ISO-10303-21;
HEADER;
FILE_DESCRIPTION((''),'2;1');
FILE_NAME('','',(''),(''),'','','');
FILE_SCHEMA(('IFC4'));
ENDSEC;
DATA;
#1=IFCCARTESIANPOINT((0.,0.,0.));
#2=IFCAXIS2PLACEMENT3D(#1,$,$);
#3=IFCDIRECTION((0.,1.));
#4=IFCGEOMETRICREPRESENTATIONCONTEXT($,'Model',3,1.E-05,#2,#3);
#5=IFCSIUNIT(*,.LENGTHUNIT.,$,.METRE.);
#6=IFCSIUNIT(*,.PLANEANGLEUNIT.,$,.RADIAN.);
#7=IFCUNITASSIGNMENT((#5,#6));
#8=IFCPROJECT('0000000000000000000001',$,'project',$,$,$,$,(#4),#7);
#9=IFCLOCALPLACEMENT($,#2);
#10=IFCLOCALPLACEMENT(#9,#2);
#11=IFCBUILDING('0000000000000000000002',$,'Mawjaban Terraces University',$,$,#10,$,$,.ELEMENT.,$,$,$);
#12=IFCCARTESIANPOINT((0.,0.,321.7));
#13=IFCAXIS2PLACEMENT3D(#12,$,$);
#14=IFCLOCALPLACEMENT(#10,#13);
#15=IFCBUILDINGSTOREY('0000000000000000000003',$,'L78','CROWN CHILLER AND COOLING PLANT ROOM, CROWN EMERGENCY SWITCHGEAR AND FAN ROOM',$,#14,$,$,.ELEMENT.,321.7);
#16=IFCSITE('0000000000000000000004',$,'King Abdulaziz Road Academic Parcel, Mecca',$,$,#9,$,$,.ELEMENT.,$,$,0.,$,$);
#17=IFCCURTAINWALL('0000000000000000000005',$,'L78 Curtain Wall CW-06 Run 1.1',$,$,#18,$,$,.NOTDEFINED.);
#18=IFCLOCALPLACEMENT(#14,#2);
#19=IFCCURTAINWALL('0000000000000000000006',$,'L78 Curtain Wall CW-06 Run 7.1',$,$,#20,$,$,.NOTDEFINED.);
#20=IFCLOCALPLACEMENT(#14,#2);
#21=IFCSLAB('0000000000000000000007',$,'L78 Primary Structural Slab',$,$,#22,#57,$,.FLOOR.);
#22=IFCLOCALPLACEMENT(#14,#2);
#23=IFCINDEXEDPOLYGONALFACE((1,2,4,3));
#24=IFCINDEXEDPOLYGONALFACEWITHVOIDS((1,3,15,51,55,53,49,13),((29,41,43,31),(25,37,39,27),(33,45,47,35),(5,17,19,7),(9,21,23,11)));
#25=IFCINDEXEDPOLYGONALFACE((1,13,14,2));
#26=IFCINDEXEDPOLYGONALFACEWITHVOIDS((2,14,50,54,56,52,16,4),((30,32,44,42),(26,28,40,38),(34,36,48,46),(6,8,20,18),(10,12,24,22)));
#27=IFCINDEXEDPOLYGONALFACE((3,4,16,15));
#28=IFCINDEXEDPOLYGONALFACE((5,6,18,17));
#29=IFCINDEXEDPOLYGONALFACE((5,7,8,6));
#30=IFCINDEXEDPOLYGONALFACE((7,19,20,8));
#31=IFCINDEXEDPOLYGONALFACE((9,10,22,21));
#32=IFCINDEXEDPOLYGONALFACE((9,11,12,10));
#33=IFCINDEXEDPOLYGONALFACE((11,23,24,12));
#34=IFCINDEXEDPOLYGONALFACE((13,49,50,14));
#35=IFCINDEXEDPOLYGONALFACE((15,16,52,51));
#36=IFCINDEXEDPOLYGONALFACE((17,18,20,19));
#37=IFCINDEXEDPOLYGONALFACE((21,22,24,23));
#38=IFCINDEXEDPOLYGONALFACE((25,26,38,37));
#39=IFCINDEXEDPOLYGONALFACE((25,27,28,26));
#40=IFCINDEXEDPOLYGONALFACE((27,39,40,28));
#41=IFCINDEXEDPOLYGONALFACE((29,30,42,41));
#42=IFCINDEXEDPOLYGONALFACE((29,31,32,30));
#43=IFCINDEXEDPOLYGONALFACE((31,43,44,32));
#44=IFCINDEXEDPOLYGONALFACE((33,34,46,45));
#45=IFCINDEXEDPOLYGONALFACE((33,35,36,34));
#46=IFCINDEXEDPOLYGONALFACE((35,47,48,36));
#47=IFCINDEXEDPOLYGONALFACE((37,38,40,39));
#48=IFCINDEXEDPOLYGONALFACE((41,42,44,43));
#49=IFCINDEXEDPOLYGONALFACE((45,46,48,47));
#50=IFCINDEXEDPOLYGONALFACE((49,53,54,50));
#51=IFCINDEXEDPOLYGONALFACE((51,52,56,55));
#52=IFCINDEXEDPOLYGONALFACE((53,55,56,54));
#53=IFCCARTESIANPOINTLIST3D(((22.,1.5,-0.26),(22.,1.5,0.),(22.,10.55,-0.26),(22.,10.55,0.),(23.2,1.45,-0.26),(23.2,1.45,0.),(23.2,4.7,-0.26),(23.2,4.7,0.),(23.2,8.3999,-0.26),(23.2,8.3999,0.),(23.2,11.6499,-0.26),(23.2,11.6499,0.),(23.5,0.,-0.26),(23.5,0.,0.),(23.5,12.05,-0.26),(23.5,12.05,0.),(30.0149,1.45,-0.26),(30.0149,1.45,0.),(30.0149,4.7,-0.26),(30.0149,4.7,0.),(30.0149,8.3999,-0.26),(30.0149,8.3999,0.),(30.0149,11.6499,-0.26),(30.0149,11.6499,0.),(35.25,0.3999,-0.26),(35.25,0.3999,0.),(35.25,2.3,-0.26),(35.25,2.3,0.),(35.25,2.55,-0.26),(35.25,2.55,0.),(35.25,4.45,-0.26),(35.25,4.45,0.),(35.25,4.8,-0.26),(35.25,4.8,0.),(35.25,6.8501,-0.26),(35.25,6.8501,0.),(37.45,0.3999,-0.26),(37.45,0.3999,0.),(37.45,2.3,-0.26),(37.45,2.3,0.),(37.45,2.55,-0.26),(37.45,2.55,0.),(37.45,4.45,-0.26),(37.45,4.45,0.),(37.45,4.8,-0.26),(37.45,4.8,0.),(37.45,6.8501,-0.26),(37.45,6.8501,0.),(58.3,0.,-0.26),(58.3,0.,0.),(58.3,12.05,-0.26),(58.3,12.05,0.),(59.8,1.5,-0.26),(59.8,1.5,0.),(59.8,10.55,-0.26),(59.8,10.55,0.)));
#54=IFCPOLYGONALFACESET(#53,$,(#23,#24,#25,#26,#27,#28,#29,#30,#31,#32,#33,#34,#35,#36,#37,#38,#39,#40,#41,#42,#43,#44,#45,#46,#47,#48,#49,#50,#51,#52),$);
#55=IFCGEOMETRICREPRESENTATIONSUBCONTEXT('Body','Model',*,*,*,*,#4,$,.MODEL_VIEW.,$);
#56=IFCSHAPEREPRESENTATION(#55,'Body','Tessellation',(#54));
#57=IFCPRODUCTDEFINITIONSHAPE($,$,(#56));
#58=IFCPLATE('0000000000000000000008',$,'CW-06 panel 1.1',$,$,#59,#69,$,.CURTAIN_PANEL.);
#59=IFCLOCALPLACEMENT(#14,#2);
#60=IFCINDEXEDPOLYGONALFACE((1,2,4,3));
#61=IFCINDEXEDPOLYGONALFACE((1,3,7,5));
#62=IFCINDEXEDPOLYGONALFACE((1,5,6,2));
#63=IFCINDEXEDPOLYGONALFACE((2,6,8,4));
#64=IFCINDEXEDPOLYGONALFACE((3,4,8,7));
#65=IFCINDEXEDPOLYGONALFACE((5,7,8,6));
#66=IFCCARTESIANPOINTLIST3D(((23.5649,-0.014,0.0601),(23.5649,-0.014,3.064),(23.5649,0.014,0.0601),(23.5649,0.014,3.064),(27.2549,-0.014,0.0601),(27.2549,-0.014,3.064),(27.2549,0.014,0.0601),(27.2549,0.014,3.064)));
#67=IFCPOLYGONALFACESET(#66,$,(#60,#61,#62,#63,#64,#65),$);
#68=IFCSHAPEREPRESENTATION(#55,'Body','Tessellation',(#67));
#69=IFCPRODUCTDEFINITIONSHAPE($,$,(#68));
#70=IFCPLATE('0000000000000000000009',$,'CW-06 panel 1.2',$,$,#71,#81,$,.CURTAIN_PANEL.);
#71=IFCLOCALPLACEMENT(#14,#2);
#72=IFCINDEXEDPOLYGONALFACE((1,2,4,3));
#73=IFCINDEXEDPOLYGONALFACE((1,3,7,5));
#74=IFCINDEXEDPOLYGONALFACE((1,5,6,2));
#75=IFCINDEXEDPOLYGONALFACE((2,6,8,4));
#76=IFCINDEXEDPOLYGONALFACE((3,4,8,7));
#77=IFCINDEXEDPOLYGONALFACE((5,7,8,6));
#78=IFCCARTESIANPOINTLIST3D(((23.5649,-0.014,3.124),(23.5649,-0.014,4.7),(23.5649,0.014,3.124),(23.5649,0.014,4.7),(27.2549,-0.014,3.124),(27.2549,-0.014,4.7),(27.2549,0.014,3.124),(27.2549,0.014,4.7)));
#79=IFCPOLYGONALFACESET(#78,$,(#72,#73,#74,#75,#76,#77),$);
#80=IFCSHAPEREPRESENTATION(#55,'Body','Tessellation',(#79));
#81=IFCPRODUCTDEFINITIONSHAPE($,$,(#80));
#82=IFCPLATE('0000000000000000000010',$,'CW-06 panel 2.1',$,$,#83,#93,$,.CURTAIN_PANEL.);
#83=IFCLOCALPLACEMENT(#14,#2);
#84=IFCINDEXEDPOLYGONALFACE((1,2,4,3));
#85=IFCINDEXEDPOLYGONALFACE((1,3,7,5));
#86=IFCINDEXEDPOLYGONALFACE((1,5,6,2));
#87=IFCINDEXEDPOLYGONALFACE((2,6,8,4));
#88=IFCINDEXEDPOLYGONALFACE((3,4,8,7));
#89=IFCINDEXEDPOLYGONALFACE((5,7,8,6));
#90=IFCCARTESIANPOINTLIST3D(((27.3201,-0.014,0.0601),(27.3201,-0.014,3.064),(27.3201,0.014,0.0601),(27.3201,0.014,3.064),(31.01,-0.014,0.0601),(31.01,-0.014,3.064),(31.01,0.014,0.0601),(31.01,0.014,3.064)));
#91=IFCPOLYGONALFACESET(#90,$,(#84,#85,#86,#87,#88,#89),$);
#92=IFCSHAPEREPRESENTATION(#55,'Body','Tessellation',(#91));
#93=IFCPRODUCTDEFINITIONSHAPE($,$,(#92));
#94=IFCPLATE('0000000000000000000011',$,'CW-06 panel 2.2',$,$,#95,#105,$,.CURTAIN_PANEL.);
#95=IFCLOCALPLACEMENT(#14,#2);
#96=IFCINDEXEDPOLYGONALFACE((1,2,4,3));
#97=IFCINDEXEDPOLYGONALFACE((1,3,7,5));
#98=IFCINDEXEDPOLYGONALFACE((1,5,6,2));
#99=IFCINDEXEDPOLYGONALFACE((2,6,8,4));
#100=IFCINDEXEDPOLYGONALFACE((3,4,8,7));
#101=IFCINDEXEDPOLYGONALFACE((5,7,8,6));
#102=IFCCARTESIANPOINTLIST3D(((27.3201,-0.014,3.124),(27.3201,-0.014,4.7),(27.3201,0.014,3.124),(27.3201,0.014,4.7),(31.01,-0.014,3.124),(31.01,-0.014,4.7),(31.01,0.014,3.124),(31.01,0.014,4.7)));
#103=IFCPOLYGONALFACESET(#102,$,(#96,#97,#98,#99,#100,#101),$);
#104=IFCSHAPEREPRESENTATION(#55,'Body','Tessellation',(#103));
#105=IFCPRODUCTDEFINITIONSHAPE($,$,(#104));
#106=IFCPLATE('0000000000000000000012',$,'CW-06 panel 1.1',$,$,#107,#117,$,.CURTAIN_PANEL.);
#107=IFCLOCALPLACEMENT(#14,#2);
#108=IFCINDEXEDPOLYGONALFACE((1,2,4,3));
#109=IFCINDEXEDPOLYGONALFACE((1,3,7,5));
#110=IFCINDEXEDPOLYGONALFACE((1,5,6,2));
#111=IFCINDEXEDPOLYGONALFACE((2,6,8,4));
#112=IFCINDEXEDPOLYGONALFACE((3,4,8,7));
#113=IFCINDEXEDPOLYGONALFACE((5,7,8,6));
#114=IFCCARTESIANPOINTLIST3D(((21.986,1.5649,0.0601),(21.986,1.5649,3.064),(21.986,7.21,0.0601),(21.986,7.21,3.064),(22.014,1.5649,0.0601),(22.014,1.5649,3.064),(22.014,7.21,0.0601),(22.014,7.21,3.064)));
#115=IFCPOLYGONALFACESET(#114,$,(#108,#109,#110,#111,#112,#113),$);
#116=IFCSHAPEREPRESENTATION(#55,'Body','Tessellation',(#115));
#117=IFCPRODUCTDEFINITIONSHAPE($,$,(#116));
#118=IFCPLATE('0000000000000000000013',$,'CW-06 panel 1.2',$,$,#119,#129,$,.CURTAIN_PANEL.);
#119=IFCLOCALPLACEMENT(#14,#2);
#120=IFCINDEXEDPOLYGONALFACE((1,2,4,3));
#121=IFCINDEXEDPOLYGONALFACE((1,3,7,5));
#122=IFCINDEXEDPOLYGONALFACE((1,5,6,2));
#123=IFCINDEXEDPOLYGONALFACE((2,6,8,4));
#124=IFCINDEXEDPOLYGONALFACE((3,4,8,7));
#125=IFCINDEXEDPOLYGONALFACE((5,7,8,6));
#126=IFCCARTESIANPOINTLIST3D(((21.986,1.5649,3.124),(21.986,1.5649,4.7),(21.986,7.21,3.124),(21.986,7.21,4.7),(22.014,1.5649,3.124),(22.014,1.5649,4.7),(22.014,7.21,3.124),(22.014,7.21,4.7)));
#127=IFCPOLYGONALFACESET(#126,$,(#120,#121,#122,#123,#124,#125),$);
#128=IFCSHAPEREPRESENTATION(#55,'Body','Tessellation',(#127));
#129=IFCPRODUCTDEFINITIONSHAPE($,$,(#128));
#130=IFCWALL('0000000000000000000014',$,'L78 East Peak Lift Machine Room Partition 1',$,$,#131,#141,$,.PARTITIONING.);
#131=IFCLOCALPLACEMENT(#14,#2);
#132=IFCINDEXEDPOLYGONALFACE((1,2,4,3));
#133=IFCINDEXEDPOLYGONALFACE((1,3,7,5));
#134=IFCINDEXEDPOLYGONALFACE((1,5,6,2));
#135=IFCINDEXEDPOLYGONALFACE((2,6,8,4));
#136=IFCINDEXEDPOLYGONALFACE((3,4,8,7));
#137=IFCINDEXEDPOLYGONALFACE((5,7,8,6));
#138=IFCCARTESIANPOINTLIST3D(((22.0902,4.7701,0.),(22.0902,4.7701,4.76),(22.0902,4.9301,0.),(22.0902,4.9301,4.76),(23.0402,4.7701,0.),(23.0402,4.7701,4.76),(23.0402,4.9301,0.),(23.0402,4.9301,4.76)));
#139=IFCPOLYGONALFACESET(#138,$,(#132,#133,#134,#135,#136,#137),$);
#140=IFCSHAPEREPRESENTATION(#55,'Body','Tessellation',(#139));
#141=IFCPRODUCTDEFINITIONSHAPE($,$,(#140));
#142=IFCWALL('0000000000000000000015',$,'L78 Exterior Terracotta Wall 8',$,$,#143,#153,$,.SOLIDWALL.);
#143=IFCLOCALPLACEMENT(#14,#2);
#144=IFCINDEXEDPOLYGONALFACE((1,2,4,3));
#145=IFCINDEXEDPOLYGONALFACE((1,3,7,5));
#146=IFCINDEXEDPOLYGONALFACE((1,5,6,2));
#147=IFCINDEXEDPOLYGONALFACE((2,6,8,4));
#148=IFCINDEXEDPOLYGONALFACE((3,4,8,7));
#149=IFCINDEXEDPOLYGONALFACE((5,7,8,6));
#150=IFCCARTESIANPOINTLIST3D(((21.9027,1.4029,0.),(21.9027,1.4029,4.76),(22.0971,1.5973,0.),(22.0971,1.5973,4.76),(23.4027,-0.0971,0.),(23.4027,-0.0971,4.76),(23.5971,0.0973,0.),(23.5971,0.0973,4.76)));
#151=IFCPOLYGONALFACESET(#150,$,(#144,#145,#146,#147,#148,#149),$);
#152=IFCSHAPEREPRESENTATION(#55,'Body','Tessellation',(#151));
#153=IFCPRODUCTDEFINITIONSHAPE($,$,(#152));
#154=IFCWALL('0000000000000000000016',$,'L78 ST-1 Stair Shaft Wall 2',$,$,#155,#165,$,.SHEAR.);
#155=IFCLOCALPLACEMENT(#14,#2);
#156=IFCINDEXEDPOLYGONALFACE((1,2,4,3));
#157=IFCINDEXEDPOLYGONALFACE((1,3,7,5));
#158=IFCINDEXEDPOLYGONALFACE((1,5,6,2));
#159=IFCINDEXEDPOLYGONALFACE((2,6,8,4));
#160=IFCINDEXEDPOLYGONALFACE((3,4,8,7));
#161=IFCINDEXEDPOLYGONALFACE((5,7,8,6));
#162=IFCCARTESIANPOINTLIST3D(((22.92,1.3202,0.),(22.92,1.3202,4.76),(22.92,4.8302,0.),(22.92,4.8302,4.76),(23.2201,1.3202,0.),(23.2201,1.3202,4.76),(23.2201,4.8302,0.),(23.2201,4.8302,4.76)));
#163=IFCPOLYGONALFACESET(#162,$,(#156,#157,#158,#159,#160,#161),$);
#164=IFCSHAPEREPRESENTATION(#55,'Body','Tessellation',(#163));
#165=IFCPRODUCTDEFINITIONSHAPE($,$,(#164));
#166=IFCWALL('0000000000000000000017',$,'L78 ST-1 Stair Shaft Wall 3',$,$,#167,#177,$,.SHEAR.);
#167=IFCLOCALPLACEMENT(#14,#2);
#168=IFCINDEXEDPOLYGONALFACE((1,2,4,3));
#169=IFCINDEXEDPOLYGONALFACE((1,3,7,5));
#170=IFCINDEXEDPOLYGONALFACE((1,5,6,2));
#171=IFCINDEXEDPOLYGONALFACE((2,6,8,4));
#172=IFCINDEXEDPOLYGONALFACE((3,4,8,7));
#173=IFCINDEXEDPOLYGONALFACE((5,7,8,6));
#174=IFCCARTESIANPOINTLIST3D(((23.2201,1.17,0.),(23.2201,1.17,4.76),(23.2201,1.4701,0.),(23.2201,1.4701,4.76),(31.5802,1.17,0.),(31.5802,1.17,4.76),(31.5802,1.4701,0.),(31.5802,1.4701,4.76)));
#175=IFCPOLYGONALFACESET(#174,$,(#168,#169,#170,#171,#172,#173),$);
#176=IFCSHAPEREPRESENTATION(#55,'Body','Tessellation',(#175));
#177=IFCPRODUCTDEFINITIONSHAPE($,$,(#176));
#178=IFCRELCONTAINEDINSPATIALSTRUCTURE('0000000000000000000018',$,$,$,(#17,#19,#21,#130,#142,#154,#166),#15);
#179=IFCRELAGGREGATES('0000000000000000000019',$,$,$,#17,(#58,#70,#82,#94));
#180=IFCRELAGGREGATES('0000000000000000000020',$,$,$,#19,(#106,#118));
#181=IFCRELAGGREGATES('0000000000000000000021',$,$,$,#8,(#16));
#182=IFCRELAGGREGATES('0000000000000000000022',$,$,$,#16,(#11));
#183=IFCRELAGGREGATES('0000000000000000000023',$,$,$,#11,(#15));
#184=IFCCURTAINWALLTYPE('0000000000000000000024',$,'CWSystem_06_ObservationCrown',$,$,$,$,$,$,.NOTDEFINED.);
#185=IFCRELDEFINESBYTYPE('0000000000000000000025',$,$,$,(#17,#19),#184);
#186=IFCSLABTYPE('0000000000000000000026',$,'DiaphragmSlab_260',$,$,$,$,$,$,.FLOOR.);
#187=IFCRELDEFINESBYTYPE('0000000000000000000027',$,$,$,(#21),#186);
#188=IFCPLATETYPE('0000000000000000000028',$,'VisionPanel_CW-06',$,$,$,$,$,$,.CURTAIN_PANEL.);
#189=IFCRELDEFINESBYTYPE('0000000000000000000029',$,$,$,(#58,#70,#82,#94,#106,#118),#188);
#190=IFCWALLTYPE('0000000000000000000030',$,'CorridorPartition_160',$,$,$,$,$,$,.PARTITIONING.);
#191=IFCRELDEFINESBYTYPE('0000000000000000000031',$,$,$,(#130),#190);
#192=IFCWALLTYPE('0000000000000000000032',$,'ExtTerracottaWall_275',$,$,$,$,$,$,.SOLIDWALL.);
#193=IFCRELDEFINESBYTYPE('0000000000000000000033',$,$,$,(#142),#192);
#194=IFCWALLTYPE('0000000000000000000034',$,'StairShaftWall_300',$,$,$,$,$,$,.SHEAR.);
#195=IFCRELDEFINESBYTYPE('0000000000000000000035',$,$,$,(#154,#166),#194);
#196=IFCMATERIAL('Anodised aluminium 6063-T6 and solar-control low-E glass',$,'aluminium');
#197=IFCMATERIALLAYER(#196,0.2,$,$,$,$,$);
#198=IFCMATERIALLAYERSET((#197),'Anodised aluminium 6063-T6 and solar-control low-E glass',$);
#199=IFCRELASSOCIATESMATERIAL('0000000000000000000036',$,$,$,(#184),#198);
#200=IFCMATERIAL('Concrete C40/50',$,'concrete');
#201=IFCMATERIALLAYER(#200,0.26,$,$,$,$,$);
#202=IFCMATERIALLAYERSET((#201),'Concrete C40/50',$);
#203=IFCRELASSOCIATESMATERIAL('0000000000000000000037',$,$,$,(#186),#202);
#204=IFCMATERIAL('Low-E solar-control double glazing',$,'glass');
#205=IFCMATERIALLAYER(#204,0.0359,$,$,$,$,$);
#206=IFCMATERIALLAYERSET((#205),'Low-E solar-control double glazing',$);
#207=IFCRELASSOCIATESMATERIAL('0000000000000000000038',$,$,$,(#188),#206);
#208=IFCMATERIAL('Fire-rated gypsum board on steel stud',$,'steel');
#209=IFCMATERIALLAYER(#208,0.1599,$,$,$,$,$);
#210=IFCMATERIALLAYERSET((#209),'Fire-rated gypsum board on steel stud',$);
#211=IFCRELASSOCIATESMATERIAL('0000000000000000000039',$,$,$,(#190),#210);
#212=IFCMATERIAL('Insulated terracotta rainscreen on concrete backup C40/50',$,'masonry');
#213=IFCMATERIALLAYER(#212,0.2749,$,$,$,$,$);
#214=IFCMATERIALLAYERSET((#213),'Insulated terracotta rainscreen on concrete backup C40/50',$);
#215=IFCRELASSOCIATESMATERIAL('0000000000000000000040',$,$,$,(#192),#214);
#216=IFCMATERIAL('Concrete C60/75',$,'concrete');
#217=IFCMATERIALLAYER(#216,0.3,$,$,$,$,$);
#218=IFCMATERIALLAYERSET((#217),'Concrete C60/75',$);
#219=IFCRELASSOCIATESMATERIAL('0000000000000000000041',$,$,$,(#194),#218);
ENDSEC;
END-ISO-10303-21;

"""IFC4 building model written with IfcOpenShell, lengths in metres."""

from ifc_helpers import new_model, si_unit, direction, frame, frame_2d, origin, origin_2d, place, context, subcontext, project, spatial, polyline, rectangle, outline, extrude, material, layer, layer_set, type_object, element, aggregate, save


model = new_model("IFC4")

# Units and contexts
model_context = context("Model", 3, precision=1e-05, world=origin(), true_north=direction((0.0, 1.0)))
body_context = subcontext(model_context, "Body", "Model", "MODEL_VIEW")
ifc_project = project(units=[si_unit("LENGTHUNIT", "METRE"), si_unit("PLANEANGLEUNIT", "RADIAN")], contexts=[model_context])

# Site, building, storey
site_placement = place(None, origin())
site = spatial("IfcSite", under=ifc_project, at=site_placement, Name="King Abdulaziz Road Academic Parcel, Mecca", CompositionType="ELEMENT", RefElevation=0.0)
building_placement = place(site_placement, origin())
building = spatial("IfcBuilding", under=site, at=building_placement, Name="Mawjaban Terraces University", CompositionType="ELEMENT")
storey_placement = place(building_placement, frame((0.0, 0.0, 321.7)))
storey = spatial("IfcBuildingStorey", under=building, at=storey_placement, Name="L78", Description="CROWN CHILLER AND COOLING PLANT ROOM, CROWN EMERGENCY SWITCHGEAR AND FAN ROOM", CompositionType="ELEMENT", Elevation=321.7)

# Curtain wall
ifc_material_1 = material(Name="Anodised aluminium 6063-T6 and solar-control low-E glass", Category="aluminium")
ifc_layer_1 = layer(ifc_material_1, 0.2)
ifc_layer_set_1 = layer_set([ifc_layer_1], Name="Anodised aluminium 6063-T6 and solar-control low-E glass")
curtain_wall_type = type_object("IfcCurtainWallType", Name="CWSystem_06_ObservationCrown", PredefinedType="NOTDEFINED", material=ifc_layer_set_1)
curtain_wall_1_placement = place(storey_placement, origin())
curtain_wall_1 = element("IfcCurtainWall", 1, at=curtain_wall_1_placement, inside=storey, type_object=curtain_wall_type, Name="L78 Curtain Wall CW-06 Run 1.1", PredefinedType="NOTDEFINED")

# Curtain wall
curtain_wall_2_placement = place(storey_placement, origin())
curtain_wall_2 = element("IfcCurtainWall", 2, at=curtain_wall_2_placement, inside=storey, type_object=curtain_wall_type, Name="L78 Curtain Wall CW-06 Run 7.1", PredefinedType="NOTDEFINED")

# Slab
ifc_material_2 = material(Name="Concrete C40/50", Category="concrete")
ifc_layer_2 = layer(ifc_material_2, 0.26)
ifc_layer_set_2 = layer_set([ifc_layer_2], Name="Concrete C40/50")
slab_type = type_object("IfcSlabType", Name="DiaphragmSlab_260", PredefinedType="FLOOR", material=ifc_layer_set_2)
slab_placement = place(storey_placement, frame((0.0, 0.0, -0.26)))
element("IfcSlab", 3, at=slab_placement, inside=storey, type_object=slab_type, Name="L78 Primary Structural Slab", PredefinedType="FLOOR", context=body_context, shape_type="SweptSolid", body=[
    extrude(outline(polyline([(23.5, 0.0), (58.3, 0.0), (59.8, 1.5), (59.8, 10.55), (58.3, 12.05), (23.5, 12.05), (22.0, 10.55), (22.0, 1.5), (23.5, 0.0)]), holes=[polyline([(30.0149, 4.7), (23.2, 4.7), (23.2, 1.45), (30.0149, 1.45), (30.0149, 4.7)]), polyline([(30.0149, 11.6499), (23.2, 11.6499), (23.2, 8.3999), (30.0149, 8.3999), (30.0149, 11.6499)]), polyline([(35.25, 0.3999), (37.45, 0.3999), (37.45, 2.3), (35.25, 2.3), (35.25, 0.3999)]), polyline([(35.25, 2.55), (37.45, 2.55), (37.45, 4.45), (35.25, 4.45), (35.25, 2.55)]), polyline([(35.25, 4.8), (37.45, 4.8), (37.45, 6.8501), (35.25, 6.8501), (35.25, 4.8)])]), origin(), (0.0, 0.0, 1.0), 0.26),
])

# Plates
ifc_material_3 = material(Name="Low-E solar-control double glazing", Category="glass")
ifc_layer_3 = layer(ifc_material_3, 0.0359)
ifc_layer_set_3 = layer_set([ifc_layer_3], Name="Low-E solar-control double glazing")
plate_type = type_object("IfcPlateType", Name="VisionPanel_CW-06", PredefinedType="CURTAIN_PANEL", material=ifc_layer_set_3)
plate_1_placement = place(storey_placement, frame((25.4099, 0.0, 0.0601), z_axis=(0.0, 0.0, 1.0), x_axis=(1.0, 0.0, 0.0)))
plate_1 = element("IfcPlate", 4, at=plate_1_placement, type_object=plate_type, Name="CW-06 panel 1.1", PredefinedType="CURTAIN_PANEL", context=body_context, shape_type="SweptSolid", body=[
    extrude(rectangle(XDim=3.6899, YDim=0.0281, at=origin_2d()), origin(), (0.0, 0.0, 1.0), 3.0039),
])
plate_2_placement = place(storey_placement, frame((25.4099, 0.0, 3.124), z_axis=(0.0, 0.0, 1.0), x_axis=(1.0, 0.0, 0.0)))
plate_2 = element("IfcPlate", 5, at=plate_2_placement, type_object=plate_type, Name="CW-06 panel 1.2", PredefinedType="CURTAIN_PANEL", context=body_context, shape_type="SweptSolid", body=[
    extrude(rectangle(XDim=3.6899, YDim=0.0281, at=origin_2d()), origin(), (0.0, 0.0, 1.0), 1.5759),
])
plate_3_placement = place(storey_placement, frame((29.165, 0.0, 0.0601), z_axis=(0.0, 0.0, 1.0), x_axis=(1.0, 0.0, 0.0)))
plate_3 = element("IfcPlate", 6, at=plate_3_placement, type_object=plate_type, Name="CW-06 panel 2.1", PredefinedType="CURTAIN_PANEL", context=body_context, shape_type="SweptSolid", body=[
    extrude(rectangle(XDim=3.6899, YDim=0.0281, at=origin_2d()), origin(), (0.0, 0.0, 1.0), 3.0039),
])
plate_4_placement = place(storey_placement, frame((29.165, 0.0, 3.124), z_axis=(0.0, 0.0, 1.0), x_axis=(1.0, 0.0, 0.0)))
plate_4 = element("IfcPlate", 7, at=plate_4_placement, type_object=plate_type, Name="CW-06 panel 2.2", PredefinedType="CURTAIN_PANEL", context=body_context, shape_type="SweptSolid", body=[
    extrude(rectangle(XDim=3.6899, YDim=0.0281, at=origin_2d()), origin(), (0.0, 0.0, 1.0), 1.5759),
])
aggregate(curtain_wall_1, [plate_1, plate_2, plate_3, plate_4])
plate_5_placement = place(storey_placement, frame((22.0, 4.3875, 0.0601), z_axis=(0.0, 0.0, 1.0), x_axis=(0.0, -1.0, 0.0)))
plate_5 = element("IfcPlate", 8, at=plate_5_placement, type_object=plate_type, Name="CW-06 panel 1.1", PredefinedType="CURTAIN_PANEL", context=body_context, shape_type="SweptSolid", body=[
    extrude(rectangle(XDim=5.645, YDim=0.0281, at=origin_2d()), origin(), (0.0, 0.0, 1.0), 3.0039),
])
plate_6_placement = place(storey_placement, frame((22.0, 4.3875, 3.124), z_axis=(0.0, 0.0, 1.0), x_axis=(0.0, -1.0, 0.0)))
plate_6 = element("IfcPlate", 9, at=plate_6_placement, type_object=plate_type, Name="CW-06 panel 1.2", PredefinedType="CURTAIN_PANEL", context=body_context, shape_type="SweptSolid", body=[
    extrude(rectangle(XDim=5.645, YDim=0.0281, at=origin_2d()), origin(), (0.0, 0.0, 1.0), 1.5759),
])
aggregate(curtain_wall_2, [plate_5, plate_6])

# Walls
ifc_material_4 = material(Name="Fire-rated gypsum board on steel stud", Category="steel")
ifc_layer_4 = layer(ifc_material_4, 0.1599)
ifc_layer_set_4 = layer_set([ifc_layer_4], Name="Fire-rated gypsum board on steel stud")
wall_type_1 = type_object("IfcWallType", Name="CorridorPartition_160", PredefinedType="PARTITIONING", material=ifc_layer_set_4)
wall_1_placement = place(storey_placement, frame((22.0901, 4.8501, 0.0), z_axis=(0.0, 0.0, 1.0), x_axis=(1.0, 0.0, 0.0)))
element("IfcWall", 10, at=wall_1_placement, inside=storey, type_object=wall_type_1, Name="L78 East Peak Lift Machine Room Partition 1", PredefinedType="PARTITIONING", context=body_context, shape_type="SweptSolid", body=[
    extrude(rectangle(XDim=0.95, YDim=0.1599, at=frame_2d((0.4751, 0.0))), origin(), (0.0, 0.0, 1.0), 4.76),
])
ifc_material_5 = material(Name="Insulated terracotta rainscreen on concrete backup C40/50", Category="masonry")
ifc_layer_5 = layer(ifc_material_5, 0.2749)
ifc_layer_set_5 = layer_set([ifc_layer_5], Name="Insulated terracotta rainscreen on concrete backup C40/50")
wall_type_2 = type_object("IfcWallType", Name="ExtTerracottaWall_275", PredefinedType="SOLIDWALL", material=ifc_layer_set_5)
wall_2_placement = place(storey_placement, frame((22.0, 1.5, 0.0), z_axis=(0.0, 0.0, 1.0), x_axis=(0.707107, -0.707107, 0.0)))
element("IfcWall", 11, at=wall_2_placement, inside=storey, type_object=wall_type_2, Name="L78 Exterior Terracotta Wall 8", PredefinedType="SOLIDWALL", context=body_context, shape_type="SweptSolid", body=[
    extrude(rectangle(XDim=2.1213, YDim=0.2749, at=frame_2d((1.0605, 0.0))), origin(), (0.0, 0.0, 1.0), 4.76),
])
ifc_material_6 = material(Name="Concrete C60/75", Category="concrete")
ifc_layer_6 = layer(ifc_material_6, 0.3)
ifc_layer_set_6 = layer_set([ifc_layer_6], Name="Concrete C60/75")
wall_type_3 = type_object("IfcWallType", Name="StairShaftWall_300", PredefinedType="SHEAR", material=ifc_layer_set_6)
wall_3_placement = place(storey_placement, frame((23.0701, 4.8301, 0.0), z_axis=(0.0, 0.0, 1.0), x_axis=(0.0, -1.0, 0.0)))
element("IfcWall", 12, at=wall_3_placement, inside=storey, type_object=wall_type_3, Name="L78 ST-1 Stair Shaft Wall 2", PredefinedType="SHEAR", context=body_context, shape_type="SweptSolid", body=[
    extrude(rectangle(XDim=3.51, YDim=0.3, at=frame_2d((1.7549, 0.0))), origin(), (0.0, 0.0, 1.0), 4.76),
])
wall_4_placement = place(storey_placement, frame((23.22, 1.3201, 0.0), z_axis=(0.0, 0.0, 1.0), x_axis=(1.0, 0.0, 0.0)))
element("IfcWall", 13, at=wall_4_placement, inside=storey, type_object=wall_type_3, Name="L78 ST-1 Stair Shaft Wall 3", PredefinedType="SHEAR", context=body_context, shape_type="SweptSolid", body=[
    extrude(rectangle(XDim=8.3601, YDim=0.3, at=frame_2d((4.1802, 0.0))), origin(), (0.0, 0.0, 1.0), 4.76),
])

save(model, "model.ifc")
